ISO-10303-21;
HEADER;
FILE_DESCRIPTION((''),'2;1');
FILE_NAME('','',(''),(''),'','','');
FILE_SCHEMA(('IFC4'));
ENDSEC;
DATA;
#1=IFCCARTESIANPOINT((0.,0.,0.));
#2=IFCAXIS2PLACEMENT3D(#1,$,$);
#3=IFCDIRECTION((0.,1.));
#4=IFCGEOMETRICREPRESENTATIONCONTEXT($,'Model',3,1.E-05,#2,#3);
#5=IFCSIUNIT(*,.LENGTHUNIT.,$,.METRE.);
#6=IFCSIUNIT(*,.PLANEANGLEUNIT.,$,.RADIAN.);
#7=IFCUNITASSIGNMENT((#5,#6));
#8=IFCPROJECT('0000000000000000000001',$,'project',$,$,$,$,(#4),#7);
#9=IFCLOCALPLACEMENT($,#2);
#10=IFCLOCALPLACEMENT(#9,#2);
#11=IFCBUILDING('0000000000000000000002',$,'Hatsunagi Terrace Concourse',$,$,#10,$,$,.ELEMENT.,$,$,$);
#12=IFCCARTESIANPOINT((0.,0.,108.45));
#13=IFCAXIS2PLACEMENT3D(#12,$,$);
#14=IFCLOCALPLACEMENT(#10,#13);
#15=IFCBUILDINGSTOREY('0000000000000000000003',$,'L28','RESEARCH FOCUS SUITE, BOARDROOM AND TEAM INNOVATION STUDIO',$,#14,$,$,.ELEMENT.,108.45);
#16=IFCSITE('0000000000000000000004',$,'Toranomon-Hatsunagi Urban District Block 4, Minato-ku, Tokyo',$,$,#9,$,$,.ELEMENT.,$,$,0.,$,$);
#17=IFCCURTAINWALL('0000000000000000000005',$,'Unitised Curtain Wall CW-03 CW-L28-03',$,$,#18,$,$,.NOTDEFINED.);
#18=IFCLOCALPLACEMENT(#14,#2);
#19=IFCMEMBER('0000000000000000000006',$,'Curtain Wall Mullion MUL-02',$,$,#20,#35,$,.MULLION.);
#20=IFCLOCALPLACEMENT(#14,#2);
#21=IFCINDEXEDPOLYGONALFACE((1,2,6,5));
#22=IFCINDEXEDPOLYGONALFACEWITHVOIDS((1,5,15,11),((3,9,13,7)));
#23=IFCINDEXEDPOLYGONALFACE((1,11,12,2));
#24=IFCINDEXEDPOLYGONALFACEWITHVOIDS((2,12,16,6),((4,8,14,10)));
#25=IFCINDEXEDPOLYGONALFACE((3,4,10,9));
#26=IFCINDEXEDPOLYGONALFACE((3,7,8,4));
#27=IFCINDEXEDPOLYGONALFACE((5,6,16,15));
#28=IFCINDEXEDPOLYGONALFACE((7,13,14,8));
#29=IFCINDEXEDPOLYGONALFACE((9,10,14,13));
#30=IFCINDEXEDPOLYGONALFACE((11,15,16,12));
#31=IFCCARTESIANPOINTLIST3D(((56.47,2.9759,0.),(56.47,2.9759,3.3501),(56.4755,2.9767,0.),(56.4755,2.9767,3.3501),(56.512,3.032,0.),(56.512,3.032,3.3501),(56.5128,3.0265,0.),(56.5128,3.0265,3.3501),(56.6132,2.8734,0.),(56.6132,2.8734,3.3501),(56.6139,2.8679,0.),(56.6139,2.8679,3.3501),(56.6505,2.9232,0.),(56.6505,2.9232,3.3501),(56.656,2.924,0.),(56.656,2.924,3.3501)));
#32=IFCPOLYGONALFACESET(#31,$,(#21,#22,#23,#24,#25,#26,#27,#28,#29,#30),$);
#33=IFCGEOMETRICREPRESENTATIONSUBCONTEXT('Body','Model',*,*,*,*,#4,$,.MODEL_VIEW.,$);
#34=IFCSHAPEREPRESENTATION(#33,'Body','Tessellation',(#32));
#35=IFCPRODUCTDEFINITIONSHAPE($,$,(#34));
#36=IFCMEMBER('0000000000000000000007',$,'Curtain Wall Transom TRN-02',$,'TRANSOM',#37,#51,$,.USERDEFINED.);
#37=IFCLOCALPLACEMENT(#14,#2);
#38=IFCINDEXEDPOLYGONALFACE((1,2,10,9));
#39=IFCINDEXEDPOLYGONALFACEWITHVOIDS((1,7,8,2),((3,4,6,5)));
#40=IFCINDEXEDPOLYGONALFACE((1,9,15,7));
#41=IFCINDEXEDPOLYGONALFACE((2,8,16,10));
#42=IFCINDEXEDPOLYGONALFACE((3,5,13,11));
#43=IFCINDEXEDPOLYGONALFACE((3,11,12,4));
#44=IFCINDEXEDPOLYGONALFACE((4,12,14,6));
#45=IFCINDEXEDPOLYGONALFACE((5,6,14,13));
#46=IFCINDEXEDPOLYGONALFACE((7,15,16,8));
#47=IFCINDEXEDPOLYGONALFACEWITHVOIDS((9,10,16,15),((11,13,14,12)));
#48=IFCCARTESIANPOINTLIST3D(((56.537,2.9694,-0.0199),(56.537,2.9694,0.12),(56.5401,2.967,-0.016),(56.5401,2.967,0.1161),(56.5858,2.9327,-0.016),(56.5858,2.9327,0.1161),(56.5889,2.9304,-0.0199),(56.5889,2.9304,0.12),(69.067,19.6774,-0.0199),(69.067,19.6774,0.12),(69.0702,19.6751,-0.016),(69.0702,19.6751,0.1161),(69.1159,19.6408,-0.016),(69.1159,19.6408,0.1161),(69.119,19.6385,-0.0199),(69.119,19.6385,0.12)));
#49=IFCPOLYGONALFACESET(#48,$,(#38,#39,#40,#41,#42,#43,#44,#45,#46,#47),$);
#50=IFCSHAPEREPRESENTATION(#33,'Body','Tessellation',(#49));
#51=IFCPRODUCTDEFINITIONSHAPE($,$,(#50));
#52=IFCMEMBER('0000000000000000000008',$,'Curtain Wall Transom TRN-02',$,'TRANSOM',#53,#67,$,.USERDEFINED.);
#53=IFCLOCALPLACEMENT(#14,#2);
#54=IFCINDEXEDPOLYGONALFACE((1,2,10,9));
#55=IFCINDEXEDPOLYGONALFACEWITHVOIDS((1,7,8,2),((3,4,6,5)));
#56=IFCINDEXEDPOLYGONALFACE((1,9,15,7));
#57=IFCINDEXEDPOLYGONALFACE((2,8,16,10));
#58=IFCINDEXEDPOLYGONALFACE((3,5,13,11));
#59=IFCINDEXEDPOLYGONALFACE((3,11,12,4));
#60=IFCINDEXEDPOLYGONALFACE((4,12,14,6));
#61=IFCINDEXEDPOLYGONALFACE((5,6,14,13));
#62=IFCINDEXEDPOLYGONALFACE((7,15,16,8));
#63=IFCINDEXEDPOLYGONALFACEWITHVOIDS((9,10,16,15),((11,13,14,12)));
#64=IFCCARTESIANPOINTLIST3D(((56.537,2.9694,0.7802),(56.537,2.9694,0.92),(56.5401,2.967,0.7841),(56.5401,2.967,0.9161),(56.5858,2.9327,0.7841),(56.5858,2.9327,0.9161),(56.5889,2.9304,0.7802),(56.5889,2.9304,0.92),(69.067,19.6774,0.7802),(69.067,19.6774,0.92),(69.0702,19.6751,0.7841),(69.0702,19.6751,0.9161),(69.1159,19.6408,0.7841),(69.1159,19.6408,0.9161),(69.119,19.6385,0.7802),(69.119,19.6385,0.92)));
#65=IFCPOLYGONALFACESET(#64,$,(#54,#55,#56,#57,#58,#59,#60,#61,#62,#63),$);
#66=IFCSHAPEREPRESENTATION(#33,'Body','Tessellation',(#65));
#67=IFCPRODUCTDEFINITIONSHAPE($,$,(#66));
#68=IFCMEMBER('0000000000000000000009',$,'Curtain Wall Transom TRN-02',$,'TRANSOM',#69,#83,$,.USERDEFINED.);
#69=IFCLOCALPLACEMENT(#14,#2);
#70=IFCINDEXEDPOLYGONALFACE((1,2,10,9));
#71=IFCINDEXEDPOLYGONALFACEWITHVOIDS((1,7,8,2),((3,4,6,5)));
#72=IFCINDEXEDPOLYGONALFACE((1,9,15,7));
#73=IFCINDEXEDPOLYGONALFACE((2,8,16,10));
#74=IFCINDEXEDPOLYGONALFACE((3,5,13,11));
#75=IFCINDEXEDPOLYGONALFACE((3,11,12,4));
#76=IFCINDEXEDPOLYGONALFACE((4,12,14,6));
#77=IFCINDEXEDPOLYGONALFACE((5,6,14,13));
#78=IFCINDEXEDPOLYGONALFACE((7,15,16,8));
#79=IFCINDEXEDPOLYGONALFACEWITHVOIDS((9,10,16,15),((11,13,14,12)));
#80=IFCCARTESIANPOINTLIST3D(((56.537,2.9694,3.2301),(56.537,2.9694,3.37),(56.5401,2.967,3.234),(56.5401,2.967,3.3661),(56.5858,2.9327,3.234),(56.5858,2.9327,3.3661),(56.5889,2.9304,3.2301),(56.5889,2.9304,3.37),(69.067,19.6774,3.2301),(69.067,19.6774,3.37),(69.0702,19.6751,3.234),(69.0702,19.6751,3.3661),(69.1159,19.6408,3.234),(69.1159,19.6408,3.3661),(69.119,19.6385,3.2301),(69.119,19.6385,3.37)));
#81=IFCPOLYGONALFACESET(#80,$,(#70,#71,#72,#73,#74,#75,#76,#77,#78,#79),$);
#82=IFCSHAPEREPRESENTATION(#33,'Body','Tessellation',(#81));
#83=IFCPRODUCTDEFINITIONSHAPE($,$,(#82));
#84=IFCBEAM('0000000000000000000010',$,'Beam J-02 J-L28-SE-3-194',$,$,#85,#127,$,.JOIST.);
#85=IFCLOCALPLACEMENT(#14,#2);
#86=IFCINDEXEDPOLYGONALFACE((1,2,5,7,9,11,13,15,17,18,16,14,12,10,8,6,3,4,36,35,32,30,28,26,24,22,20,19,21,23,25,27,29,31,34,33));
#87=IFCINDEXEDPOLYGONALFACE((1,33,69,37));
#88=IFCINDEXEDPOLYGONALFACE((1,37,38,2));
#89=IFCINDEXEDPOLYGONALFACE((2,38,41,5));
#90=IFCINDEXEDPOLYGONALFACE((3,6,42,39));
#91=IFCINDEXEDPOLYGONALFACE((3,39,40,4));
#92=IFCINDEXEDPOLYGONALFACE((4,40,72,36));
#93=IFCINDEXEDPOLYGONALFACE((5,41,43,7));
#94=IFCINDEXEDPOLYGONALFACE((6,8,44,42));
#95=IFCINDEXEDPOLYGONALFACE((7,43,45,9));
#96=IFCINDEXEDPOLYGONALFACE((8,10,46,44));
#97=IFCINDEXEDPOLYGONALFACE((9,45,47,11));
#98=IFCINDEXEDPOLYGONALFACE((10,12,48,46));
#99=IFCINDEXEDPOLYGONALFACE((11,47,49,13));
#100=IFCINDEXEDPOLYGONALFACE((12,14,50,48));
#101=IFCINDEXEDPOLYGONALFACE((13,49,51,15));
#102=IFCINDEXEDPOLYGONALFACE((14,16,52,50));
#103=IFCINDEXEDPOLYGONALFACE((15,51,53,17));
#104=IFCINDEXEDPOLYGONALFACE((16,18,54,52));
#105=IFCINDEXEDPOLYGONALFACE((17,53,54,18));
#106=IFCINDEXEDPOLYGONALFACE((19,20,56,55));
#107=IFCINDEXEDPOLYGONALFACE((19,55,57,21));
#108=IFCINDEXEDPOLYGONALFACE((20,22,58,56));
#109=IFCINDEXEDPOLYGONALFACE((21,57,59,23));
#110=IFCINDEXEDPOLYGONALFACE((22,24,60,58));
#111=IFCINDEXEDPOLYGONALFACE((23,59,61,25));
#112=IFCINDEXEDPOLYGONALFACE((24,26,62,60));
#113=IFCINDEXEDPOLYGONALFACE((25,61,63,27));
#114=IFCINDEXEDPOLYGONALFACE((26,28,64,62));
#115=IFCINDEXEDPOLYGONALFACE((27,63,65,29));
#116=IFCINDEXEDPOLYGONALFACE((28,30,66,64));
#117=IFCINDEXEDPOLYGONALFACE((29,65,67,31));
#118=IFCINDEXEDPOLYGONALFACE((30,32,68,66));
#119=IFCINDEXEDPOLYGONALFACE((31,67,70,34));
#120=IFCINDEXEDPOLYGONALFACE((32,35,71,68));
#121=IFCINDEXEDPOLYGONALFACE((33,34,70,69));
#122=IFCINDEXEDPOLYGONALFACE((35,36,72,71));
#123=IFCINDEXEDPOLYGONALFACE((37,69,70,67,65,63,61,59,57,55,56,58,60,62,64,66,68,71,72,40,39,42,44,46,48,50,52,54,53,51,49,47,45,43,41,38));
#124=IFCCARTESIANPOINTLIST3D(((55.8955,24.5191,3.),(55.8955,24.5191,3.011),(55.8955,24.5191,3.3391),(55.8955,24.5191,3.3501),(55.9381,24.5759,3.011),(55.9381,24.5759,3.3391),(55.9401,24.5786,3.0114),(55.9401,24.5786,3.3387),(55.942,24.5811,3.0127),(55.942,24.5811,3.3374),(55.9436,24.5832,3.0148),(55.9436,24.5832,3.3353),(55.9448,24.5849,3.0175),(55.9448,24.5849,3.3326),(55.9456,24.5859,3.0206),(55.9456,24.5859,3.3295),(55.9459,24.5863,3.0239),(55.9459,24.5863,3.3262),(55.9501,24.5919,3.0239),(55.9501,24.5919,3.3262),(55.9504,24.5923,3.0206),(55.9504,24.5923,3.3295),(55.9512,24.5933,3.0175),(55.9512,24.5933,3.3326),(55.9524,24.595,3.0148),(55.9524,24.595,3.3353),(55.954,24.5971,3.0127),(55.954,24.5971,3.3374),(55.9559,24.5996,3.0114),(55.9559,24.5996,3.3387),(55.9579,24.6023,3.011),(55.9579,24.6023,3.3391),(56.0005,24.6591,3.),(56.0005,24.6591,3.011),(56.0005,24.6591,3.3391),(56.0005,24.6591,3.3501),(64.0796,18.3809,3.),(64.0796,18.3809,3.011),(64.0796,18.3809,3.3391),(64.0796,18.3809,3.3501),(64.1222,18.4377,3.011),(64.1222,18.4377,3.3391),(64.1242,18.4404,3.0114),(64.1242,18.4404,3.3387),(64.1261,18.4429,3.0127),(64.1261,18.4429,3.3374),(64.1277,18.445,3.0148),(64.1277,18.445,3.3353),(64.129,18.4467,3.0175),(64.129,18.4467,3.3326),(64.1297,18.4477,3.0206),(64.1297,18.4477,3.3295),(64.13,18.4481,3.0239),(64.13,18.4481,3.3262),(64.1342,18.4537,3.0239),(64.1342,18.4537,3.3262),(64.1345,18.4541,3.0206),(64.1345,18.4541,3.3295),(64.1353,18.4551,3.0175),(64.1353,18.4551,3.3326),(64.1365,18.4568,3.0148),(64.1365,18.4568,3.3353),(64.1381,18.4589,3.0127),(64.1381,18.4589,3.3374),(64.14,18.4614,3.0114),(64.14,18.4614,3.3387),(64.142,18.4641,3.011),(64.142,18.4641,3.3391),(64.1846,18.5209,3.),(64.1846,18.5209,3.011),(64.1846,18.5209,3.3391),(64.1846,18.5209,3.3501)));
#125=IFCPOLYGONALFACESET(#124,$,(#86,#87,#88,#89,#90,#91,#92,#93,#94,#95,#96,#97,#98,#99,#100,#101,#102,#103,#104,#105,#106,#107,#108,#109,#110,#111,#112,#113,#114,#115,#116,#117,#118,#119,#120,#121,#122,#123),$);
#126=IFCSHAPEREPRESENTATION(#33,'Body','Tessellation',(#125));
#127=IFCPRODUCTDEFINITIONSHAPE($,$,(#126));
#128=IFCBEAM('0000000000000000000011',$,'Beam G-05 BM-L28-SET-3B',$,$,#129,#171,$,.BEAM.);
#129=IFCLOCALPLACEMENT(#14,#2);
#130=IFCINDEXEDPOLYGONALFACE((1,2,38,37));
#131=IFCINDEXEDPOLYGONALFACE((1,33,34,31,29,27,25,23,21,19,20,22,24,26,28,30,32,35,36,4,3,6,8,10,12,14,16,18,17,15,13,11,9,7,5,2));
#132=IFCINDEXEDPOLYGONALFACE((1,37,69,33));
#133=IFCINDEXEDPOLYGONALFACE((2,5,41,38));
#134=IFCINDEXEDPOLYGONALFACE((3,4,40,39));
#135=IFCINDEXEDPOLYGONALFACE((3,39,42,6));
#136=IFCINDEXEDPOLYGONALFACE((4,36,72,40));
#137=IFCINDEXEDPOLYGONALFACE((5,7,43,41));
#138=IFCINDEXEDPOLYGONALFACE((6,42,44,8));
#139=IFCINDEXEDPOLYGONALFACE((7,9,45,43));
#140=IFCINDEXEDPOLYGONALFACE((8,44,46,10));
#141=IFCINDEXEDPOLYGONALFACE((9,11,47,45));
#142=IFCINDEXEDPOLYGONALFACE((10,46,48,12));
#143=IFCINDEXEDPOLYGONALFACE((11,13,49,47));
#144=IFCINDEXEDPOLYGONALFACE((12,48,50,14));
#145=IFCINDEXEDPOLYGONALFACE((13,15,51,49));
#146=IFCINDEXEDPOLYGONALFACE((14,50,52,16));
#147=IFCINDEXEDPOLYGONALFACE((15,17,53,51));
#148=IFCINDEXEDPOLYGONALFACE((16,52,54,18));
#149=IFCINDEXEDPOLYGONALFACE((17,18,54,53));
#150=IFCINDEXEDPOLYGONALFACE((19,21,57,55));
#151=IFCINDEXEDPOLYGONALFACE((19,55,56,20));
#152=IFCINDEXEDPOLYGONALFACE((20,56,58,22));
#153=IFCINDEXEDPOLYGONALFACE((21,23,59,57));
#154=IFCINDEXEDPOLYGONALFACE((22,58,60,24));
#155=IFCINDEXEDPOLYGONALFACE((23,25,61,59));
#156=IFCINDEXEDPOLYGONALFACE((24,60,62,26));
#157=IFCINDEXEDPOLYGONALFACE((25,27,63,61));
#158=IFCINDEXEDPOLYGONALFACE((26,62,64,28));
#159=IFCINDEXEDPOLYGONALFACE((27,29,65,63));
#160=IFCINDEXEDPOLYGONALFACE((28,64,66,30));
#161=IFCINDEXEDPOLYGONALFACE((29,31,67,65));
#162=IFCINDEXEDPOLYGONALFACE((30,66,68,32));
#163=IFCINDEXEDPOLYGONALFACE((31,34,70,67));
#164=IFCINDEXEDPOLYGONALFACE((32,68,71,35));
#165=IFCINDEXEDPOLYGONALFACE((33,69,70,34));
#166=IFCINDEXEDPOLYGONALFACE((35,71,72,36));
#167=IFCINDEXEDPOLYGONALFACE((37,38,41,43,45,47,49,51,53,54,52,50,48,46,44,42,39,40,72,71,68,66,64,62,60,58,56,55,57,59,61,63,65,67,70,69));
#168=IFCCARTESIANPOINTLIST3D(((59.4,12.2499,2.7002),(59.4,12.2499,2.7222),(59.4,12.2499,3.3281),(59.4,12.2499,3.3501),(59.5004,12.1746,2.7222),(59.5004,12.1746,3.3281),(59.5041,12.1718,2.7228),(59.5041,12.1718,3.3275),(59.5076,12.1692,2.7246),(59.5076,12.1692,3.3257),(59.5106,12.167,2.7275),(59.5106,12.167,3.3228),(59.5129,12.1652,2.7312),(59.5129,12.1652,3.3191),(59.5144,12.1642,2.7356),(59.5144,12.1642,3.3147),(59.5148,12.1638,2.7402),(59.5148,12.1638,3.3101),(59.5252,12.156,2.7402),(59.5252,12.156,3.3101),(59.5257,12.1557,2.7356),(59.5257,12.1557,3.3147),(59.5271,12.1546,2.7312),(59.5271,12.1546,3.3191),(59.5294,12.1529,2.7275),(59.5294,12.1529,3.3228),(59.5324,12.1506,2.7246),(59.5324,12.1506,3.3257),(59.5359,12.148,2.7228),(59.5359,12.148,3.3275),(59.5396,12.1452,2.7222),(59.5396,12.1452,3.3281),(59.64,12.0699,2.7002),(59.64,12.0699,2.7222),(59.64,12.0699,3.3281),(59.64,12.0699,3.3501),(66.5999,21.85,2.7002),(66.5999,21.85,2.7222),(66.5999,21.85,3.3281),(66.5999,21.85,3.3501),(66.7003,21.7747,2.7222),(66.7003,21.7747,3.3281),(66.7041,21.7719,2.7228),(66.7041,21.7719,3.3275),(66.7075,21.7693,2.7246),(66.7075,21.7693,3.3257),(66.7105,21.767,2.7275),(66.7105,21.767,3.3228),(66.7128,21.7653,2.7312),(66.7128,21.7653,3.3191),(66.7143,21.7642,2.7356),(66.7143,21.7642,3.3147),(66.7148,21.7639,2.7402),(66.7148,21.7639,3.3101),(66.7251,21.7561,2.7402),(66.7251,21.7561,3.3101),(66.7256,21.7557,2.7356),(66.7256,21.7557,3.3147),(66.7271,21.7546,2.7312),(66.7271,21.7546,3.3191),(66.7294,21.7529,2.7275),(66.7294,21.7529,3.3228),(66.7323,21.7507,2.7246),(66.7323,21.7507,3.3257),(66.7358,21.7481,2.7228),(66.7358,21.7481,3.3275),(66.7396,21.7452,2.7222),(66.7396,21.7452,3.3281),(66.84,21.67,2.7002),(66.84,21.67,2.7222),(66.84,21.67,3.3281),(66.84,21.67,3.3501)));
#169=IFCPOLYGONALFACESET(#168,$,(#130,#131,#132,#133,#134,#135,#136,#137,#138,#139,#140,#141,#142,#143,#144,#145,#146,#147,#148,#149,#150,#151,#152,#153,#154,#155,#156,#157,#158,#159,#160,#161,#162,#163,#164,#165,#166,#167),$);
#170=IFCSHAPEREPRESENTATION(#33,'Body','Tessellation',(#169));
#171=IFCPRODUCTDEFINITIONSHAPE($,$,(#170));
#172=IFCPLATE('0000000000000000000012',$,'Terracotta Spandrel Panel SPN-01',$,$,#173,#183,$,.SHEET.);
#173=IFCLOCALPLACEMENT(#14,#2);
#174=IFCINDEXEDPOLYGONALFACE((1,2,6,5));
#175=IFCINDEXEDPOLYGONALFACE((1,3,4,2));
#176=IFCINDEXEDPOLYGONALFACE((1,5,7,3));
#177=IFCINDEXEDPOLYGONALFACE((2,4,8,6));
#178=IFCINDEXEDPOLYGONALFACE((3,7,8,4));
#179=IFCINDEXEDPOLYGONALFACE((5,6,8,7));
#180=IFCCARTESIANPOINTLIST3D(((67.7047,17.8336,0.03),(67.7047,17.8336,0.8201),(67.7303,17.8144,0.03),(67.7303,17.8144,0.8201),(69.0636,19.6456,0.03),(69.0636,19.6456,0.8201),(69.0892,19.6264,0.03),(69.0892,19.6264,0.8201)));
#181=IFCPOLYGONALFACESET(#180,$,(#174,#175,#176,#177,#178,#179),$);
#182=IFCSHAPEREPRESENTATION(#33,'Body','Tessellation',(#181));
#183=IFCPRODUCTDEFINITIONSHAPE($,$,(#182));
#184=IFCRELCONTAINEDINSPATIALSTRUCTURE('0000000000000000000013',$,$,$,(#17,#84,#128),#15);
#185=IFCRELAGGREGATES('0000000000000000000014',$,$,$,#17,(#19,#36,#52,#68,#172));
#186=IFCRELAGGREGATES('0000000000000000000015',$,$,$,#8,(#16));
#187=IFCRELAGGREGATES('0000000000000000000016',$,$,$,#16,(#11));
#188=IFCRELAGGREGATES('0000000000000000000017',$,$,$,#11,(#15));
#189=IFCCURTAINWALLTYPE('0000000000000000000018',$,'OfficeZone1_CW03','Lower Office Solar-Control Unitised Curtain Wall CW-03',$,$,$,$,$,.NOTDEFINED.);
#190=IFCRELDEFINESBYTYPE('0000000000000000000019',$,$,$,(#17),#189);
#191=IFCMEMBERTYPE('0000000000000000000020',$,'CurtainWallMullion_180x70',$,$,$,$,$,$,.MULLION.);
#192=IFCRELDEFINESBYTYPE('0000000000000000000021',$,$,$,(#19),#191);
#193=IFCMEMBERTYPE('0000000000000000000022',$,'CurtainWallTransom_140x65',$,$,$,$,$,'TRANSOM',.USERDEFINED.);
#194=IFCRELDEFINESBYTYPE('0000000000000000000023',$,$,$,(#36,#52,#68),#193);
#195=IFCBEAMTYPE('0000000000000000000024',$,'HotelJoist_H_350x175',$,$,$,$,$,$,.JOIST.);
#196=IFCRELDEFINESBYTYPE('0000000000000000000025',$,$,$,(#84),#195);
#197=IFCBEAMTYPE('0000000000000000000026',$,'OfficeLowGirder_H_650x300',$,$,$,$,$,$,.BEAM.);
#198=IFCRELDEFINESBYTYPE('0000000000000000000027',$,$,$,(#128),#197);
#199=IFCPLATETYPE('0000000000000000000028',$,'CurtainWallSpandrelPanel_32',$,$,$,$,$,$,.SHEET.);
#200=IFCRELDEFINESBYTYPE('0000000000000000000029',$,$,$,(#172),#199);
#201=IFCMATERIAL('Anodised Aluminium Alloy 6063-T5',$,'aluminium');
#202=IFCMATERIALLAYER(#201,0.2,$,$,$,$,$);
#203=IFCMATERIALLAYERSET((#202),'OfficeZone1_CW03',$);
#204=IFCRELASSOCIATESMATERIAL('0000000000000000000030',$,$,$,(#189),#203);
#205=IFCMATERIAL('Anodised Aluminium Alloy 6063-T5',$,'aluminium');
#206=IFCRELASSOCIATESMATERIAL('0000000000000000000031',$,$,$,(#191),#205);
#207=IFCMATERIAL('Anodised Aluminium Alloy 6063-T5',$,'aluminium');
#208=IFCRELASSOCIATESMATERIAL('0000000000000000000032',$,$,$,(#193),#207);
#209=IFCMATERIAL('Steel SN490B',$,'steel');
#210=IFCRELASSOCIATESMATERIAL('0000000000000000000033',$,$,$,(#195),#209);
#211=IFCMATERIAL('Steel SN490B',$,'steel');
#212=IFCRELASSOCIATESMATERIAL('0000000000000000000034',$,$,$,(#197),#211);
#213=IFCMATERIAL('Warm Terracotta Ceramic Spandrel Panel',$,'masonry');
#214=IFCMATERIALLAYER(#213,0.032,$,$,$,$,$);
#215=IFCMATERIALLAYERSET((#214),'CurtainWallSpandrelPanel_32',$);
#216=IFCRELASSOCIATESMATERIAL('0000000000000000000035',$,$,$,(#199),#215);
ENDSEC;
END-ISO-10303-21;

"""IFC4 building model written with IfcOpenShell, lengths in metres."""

from ifc_helpers import new_model, si_unit, direction, frame, origin, origin_2d, place, context, subcontext, project, spatial, rectangle, hollow_rectangle, i_section, extrude, material, layer, layer_set, material_profile, profile_set, type_object, element, aggregate, save


model = new_model("IFC4")

# Units and contexts
model_context = context("Model", 3, precision=1e-05, world=origin(), true_north=direction((0.0, 1.0)))
body_context = subcontext(model_context, "Body", "Model", "MODEL_VIEW")
ifc_project = project(units=[si_unit("LENGTHUNIT", "METRE"), si_unit("PLANEANGLEUNIT", "RADIAN")], contexts=[model_context])

# Site, building, storey
site_placement = place(None, origin())
site = spatial("IfcSite", under=ifc_project, at=site_placement, Name="Toranomon-Hatsunagi Urban District Block 4, Minato-ku, Tokyo", CompositionType="ELEMENT", RefElevation=0.0)
building_placement = place(site_placement, origin())
building = spatial("IfcBuilding", under=site, at=building_placement, Name="Hatsunagi Terrace Concourse", CompositionType="ELEMENT")
storey_placement = place(building_placement, frame((0.0, 0.0, 108.45)))
storey = spatial("IfcBuildingStorey", under=building, at=storey_placement, Name="L28", Description="RESEARCH FOCUS SUITE, BOARDROOM AND TEAM INNOVATION STUDIO", CompositionType="ELEMENT", Elevation=108.45)

# Curtain wall, members
ifc_material_1 = material(Name="Anodised Aluminium Alloy 6063-T5", Category="aluminium")
ifc_layer_1 = layer(ifc_material_1, 0.2)
ifc_layer_set_1 = layer_set([ifc_layer_1], Name="OfficeZone1_CW03")
curtain_wall_type = type_object("IfcCurtainWallType", Name="OfficeZone1_CW03", Description="Lower Office Solar-Control Unitised Curtain Wall CW-03", PredefinedType="NOTDEFINED", material=ifc_layer_set_1)
curtain_wall_placement = place(storey_placement, origin())
curtain_wall = element("IfcCurtainWall", 1, at=curtain_wall_placement, inside=storey, type_object=curtain_wall_type, Name="Unitised Curtain Wall CW-03 CW-L28-03", PredefinedType="NOTDEFINED")
ifc_material_2 = material(Name="Anodised Aluminium Alloy 6063-T5", Category="aluminium")
ifc_material_profile_1 = material_profile(ifc_material_2, hollow_rectangle(XDim=0.0701, YDim=0.1799, WallThickness=0.0039, at=origin_2d()), Name="ALU-MUL-180x70x4")
ifc_profile_set_1 = profile_set([ifc_material_profile_1], Name="Anodised Aluminium Alloy 6063-T5")
member_type_1 = type_object("IfcMemberType", Name="CurtainWallMullion_180x70", PredefinedType="MULLION", material=ifc_profile_set_1)
member_1_placement = place(storey_placement, frame((56.563, 2.95, 0.0), z_axis=(0.0, 0.0, 1.0), x_axis=(-0.599969, -0.800023, 0.0)))
member_1 = element("IfcMember", 2, at=member_1_placement, type_object=member_type_1, Name="Curtain Wall Mullion MUL-02", PredefinedType="MULLION", context=body_context, shape_type="SweptSolid", body=[
    extrude(hollow_rectangle(XDim=0.0701, YDim=0.1799, WallThickness=0.0039, at=origin_2d()), origin(), (0.0, 0.0, 1.0), 3.3501),
])
ifc_material_3 = material(Name="Anodised Aluminium Alloy 6063-T5", Category="aluminium")
ifc_material_profile_2 = material_profile(ifc_material_3, hollow_rectangle(XDim=0.0649, YDim=0.1399, WallThickness=0.0039, at=origin_2d()), Name="ALU-TRN-140x65x4")
ifc_profile_set_2 = profile_set([ifc_material_profile_2], Name="Anodised Aluminium Alloy 6063-T5")
member_type_2 = type_object("IfcMemberType", Name="CurtainWallTransom_140x65", ElementType="TRANSOM", PredefinedType="USERDEFINED", material=ifc_profile_set_2)
member_2_placement = place(storey_placement, frame((69.093, 19.658, 0.05), z_axis=(-0.59997, -0.800022, 0.0), x_axis=(0.800022, -0.59997, 0.0)))
member_2 = element("IfcMember", 3, at=member_2_placement, type_object=member_type_2, Name="Curtain Wall Transom TRN-02", ObjectType="TRANSOM", PredefinedType="USERDEFINED", context=body_context, shape_type="SweptSolid", body=[
    extrude(hollow_rectangle(XDim=0.0649, YDim=0.1399, WallThickness=0.0039, at=origin_2d()), origin(), (0.0, 0.0, 1.0), 20.8845),
])
member_3_placement = place(storey_placement, frame((69.093, 19.658, 0.8501), z_axis=(-0.59997, -0.800022, 0.0), x_axis=(0.800022, -0.59997, 0.0)))
member_3 = element("IfcMember", 4, at=member_3_placement, type_object=member_type_2, Name="Curtain Wall Transom TRN-02", ObjectType="TRANSOM", PredefinedType="USERDEFINED", context=body_context, shape_type="SweptSolid", body=[
    extrude(hollow_rectangle(XDim=0.0649, YDim=0.1399, WallThickness=0.0039, at=origin_2d()), origin(), (0.0, 0.0, 1.0), 20.8845),
])
member_4_placement = place(storey_placement, frame((69.093, 19.658, 3.3), z_axis=(-0.59997, -0.800022, 0.0), x_axis=(0.800022, -0.59997, 0.0)))
member_4 = element("IfcMember", 5, at=member_4_placement, type_object=member_type_2, Name="Curtain Wall Transom TRN-02", ObjectType="TRANSOM", PredefinedType="USERDEFINED", context=body_context, shape_type="SweptSolid", body=[
    extrude(hollow_rectangle(XDim=0.0649, YDim=0.1399, WallThickness=0.0039, at=origin_2d()), origin(), (0.0, 0.0, 1.0), 20.8845),
])

# Beams
ifc_material_4 = material(Name="Steel SN490B", Category="steel")
ifc_material_profile_3 = material_profile(ifc_material_4, i_section(OverallWidth=0.175, OverallDepth=0.3501, WebThickness=0.0071, FlangeThickness=0.011, FilletRadius=0.0129, at=origin_2d()), Name="H-350x175x7x11")
ifc_profile_set_3 = profile_set([ifc_material_profile_3], Name="Steel SN490B")
beam_type_1 = type_object("IfcBeamType", Name="HotelJoist_H_350x175", PredefinedType="JOIST", material=ifc_profile_set_3)
beam_1_placement = place(storey_placement, frame((55.948, 24.5891, 3.175), z_axis=(0.799994, -0.600008, 0.0), x_axis=(0.600008, 0.799994, 0.0)))
element("IfcBeam", 6, at=beam_1_placement, inside=storey, type_object=beam_type_1, Name="Beam J-02 J-L28-SE-3-194", PredefinedType="JOIST", context=body_context, shape_type="SweptSolid", body=[
    extrude(i_section(OverallWidth=0.175, OverallDepth=0.3501, WebThickness=0.0071, FlangeThickness=0.011, FilletRadius=0.0129, at=origin_2d()), origin(), (0.0, 0.0, 1.0), 10.2302),
])
ifc_material_5 = material(Name="Steel SN490B", Category="steel")
ifc_material_profile_4 = material_profile(ifc_material_5, i_section(OverallWidth=0.3, OverallDepth=0.6499, WebThickness=0.0129, FlangeThickness=0.022, FilletRadius=0.0181, at=origin_2d()), Name="H-650x300x13x22")
ifc_profile_set_4 = profile_set([ifc_material_profile_4], Name="Steel SN490B")
beam_type_2 = type_object("IfcBeamType", Name="OfficeLowGirder_H_650x300", PredefinedType="BEAM", material=ifc_profile_set_4)
beam_2_placement = place(storey_placement, frame((59.52, 12.1599, 3.0251), z_axis=(0.599993, 0.800005, 0.0), x_axis=(-0.800005, 0.599993, 0.0)))
element("IfcBeam", 7, at=beam_2_placement, inside=storey, type_object=beam_type_2, Name="Beam G-05 BM-L28-SET-3B", PredefinedType="BEAM", context=body_context, shape_type="SweptSolid", body=[
    extrude(i_section(OverallWidth=0.3, OverallDepth=0.6499, WebThickness=0.0129, FlangeThickness=0.022, FilletRadius=0.0181, at=origin_2d()), origin(), (0.0, 0.0, 1.0), 12.0),
])

# Plate
ifc_material_6 = material(Name="Warm Terracotta Ceramic Spandrel Panel", Category="masonry")
ifc_layer_2 = layer(ifc_material_6, 0.032)
ifc_layer_set_2 = layer_set([ifc_layer_2], Name="CurtainWallSpandrelPanel_32")
plate_type_1 = type_object("IfcPlateType", Name="CurtainWallSpandrelPanel_32", PredefinedType="SHEET", material=ifc_layer_set_2)
plate_1_placement = place(storey_placement, frame((68.397, 18.73, 0.03), z_axis=(0.0, 0.0, 1.0), x_axis=(-0.599969, -0.800023, 0.0)))
plate_1 = element("IfcPlate", 8, at=plate_1_placement, type_object=plate_type_1, Name="Terracotta Spandrel Panel SPN-01", PredefinedType="SHEET", context=body_context, shape_type="SweptSolid", body=[
    extrude(rectangle(XDim=2.2649, YDim=0.032, at=origin_2d()), origin(), (0.0, 0.0, 1.0), 0.79),
])
aggregate(curtain_wall, [member_1, member_2, member_3, member_4, plate_1])

save(model, "model.ifc")
